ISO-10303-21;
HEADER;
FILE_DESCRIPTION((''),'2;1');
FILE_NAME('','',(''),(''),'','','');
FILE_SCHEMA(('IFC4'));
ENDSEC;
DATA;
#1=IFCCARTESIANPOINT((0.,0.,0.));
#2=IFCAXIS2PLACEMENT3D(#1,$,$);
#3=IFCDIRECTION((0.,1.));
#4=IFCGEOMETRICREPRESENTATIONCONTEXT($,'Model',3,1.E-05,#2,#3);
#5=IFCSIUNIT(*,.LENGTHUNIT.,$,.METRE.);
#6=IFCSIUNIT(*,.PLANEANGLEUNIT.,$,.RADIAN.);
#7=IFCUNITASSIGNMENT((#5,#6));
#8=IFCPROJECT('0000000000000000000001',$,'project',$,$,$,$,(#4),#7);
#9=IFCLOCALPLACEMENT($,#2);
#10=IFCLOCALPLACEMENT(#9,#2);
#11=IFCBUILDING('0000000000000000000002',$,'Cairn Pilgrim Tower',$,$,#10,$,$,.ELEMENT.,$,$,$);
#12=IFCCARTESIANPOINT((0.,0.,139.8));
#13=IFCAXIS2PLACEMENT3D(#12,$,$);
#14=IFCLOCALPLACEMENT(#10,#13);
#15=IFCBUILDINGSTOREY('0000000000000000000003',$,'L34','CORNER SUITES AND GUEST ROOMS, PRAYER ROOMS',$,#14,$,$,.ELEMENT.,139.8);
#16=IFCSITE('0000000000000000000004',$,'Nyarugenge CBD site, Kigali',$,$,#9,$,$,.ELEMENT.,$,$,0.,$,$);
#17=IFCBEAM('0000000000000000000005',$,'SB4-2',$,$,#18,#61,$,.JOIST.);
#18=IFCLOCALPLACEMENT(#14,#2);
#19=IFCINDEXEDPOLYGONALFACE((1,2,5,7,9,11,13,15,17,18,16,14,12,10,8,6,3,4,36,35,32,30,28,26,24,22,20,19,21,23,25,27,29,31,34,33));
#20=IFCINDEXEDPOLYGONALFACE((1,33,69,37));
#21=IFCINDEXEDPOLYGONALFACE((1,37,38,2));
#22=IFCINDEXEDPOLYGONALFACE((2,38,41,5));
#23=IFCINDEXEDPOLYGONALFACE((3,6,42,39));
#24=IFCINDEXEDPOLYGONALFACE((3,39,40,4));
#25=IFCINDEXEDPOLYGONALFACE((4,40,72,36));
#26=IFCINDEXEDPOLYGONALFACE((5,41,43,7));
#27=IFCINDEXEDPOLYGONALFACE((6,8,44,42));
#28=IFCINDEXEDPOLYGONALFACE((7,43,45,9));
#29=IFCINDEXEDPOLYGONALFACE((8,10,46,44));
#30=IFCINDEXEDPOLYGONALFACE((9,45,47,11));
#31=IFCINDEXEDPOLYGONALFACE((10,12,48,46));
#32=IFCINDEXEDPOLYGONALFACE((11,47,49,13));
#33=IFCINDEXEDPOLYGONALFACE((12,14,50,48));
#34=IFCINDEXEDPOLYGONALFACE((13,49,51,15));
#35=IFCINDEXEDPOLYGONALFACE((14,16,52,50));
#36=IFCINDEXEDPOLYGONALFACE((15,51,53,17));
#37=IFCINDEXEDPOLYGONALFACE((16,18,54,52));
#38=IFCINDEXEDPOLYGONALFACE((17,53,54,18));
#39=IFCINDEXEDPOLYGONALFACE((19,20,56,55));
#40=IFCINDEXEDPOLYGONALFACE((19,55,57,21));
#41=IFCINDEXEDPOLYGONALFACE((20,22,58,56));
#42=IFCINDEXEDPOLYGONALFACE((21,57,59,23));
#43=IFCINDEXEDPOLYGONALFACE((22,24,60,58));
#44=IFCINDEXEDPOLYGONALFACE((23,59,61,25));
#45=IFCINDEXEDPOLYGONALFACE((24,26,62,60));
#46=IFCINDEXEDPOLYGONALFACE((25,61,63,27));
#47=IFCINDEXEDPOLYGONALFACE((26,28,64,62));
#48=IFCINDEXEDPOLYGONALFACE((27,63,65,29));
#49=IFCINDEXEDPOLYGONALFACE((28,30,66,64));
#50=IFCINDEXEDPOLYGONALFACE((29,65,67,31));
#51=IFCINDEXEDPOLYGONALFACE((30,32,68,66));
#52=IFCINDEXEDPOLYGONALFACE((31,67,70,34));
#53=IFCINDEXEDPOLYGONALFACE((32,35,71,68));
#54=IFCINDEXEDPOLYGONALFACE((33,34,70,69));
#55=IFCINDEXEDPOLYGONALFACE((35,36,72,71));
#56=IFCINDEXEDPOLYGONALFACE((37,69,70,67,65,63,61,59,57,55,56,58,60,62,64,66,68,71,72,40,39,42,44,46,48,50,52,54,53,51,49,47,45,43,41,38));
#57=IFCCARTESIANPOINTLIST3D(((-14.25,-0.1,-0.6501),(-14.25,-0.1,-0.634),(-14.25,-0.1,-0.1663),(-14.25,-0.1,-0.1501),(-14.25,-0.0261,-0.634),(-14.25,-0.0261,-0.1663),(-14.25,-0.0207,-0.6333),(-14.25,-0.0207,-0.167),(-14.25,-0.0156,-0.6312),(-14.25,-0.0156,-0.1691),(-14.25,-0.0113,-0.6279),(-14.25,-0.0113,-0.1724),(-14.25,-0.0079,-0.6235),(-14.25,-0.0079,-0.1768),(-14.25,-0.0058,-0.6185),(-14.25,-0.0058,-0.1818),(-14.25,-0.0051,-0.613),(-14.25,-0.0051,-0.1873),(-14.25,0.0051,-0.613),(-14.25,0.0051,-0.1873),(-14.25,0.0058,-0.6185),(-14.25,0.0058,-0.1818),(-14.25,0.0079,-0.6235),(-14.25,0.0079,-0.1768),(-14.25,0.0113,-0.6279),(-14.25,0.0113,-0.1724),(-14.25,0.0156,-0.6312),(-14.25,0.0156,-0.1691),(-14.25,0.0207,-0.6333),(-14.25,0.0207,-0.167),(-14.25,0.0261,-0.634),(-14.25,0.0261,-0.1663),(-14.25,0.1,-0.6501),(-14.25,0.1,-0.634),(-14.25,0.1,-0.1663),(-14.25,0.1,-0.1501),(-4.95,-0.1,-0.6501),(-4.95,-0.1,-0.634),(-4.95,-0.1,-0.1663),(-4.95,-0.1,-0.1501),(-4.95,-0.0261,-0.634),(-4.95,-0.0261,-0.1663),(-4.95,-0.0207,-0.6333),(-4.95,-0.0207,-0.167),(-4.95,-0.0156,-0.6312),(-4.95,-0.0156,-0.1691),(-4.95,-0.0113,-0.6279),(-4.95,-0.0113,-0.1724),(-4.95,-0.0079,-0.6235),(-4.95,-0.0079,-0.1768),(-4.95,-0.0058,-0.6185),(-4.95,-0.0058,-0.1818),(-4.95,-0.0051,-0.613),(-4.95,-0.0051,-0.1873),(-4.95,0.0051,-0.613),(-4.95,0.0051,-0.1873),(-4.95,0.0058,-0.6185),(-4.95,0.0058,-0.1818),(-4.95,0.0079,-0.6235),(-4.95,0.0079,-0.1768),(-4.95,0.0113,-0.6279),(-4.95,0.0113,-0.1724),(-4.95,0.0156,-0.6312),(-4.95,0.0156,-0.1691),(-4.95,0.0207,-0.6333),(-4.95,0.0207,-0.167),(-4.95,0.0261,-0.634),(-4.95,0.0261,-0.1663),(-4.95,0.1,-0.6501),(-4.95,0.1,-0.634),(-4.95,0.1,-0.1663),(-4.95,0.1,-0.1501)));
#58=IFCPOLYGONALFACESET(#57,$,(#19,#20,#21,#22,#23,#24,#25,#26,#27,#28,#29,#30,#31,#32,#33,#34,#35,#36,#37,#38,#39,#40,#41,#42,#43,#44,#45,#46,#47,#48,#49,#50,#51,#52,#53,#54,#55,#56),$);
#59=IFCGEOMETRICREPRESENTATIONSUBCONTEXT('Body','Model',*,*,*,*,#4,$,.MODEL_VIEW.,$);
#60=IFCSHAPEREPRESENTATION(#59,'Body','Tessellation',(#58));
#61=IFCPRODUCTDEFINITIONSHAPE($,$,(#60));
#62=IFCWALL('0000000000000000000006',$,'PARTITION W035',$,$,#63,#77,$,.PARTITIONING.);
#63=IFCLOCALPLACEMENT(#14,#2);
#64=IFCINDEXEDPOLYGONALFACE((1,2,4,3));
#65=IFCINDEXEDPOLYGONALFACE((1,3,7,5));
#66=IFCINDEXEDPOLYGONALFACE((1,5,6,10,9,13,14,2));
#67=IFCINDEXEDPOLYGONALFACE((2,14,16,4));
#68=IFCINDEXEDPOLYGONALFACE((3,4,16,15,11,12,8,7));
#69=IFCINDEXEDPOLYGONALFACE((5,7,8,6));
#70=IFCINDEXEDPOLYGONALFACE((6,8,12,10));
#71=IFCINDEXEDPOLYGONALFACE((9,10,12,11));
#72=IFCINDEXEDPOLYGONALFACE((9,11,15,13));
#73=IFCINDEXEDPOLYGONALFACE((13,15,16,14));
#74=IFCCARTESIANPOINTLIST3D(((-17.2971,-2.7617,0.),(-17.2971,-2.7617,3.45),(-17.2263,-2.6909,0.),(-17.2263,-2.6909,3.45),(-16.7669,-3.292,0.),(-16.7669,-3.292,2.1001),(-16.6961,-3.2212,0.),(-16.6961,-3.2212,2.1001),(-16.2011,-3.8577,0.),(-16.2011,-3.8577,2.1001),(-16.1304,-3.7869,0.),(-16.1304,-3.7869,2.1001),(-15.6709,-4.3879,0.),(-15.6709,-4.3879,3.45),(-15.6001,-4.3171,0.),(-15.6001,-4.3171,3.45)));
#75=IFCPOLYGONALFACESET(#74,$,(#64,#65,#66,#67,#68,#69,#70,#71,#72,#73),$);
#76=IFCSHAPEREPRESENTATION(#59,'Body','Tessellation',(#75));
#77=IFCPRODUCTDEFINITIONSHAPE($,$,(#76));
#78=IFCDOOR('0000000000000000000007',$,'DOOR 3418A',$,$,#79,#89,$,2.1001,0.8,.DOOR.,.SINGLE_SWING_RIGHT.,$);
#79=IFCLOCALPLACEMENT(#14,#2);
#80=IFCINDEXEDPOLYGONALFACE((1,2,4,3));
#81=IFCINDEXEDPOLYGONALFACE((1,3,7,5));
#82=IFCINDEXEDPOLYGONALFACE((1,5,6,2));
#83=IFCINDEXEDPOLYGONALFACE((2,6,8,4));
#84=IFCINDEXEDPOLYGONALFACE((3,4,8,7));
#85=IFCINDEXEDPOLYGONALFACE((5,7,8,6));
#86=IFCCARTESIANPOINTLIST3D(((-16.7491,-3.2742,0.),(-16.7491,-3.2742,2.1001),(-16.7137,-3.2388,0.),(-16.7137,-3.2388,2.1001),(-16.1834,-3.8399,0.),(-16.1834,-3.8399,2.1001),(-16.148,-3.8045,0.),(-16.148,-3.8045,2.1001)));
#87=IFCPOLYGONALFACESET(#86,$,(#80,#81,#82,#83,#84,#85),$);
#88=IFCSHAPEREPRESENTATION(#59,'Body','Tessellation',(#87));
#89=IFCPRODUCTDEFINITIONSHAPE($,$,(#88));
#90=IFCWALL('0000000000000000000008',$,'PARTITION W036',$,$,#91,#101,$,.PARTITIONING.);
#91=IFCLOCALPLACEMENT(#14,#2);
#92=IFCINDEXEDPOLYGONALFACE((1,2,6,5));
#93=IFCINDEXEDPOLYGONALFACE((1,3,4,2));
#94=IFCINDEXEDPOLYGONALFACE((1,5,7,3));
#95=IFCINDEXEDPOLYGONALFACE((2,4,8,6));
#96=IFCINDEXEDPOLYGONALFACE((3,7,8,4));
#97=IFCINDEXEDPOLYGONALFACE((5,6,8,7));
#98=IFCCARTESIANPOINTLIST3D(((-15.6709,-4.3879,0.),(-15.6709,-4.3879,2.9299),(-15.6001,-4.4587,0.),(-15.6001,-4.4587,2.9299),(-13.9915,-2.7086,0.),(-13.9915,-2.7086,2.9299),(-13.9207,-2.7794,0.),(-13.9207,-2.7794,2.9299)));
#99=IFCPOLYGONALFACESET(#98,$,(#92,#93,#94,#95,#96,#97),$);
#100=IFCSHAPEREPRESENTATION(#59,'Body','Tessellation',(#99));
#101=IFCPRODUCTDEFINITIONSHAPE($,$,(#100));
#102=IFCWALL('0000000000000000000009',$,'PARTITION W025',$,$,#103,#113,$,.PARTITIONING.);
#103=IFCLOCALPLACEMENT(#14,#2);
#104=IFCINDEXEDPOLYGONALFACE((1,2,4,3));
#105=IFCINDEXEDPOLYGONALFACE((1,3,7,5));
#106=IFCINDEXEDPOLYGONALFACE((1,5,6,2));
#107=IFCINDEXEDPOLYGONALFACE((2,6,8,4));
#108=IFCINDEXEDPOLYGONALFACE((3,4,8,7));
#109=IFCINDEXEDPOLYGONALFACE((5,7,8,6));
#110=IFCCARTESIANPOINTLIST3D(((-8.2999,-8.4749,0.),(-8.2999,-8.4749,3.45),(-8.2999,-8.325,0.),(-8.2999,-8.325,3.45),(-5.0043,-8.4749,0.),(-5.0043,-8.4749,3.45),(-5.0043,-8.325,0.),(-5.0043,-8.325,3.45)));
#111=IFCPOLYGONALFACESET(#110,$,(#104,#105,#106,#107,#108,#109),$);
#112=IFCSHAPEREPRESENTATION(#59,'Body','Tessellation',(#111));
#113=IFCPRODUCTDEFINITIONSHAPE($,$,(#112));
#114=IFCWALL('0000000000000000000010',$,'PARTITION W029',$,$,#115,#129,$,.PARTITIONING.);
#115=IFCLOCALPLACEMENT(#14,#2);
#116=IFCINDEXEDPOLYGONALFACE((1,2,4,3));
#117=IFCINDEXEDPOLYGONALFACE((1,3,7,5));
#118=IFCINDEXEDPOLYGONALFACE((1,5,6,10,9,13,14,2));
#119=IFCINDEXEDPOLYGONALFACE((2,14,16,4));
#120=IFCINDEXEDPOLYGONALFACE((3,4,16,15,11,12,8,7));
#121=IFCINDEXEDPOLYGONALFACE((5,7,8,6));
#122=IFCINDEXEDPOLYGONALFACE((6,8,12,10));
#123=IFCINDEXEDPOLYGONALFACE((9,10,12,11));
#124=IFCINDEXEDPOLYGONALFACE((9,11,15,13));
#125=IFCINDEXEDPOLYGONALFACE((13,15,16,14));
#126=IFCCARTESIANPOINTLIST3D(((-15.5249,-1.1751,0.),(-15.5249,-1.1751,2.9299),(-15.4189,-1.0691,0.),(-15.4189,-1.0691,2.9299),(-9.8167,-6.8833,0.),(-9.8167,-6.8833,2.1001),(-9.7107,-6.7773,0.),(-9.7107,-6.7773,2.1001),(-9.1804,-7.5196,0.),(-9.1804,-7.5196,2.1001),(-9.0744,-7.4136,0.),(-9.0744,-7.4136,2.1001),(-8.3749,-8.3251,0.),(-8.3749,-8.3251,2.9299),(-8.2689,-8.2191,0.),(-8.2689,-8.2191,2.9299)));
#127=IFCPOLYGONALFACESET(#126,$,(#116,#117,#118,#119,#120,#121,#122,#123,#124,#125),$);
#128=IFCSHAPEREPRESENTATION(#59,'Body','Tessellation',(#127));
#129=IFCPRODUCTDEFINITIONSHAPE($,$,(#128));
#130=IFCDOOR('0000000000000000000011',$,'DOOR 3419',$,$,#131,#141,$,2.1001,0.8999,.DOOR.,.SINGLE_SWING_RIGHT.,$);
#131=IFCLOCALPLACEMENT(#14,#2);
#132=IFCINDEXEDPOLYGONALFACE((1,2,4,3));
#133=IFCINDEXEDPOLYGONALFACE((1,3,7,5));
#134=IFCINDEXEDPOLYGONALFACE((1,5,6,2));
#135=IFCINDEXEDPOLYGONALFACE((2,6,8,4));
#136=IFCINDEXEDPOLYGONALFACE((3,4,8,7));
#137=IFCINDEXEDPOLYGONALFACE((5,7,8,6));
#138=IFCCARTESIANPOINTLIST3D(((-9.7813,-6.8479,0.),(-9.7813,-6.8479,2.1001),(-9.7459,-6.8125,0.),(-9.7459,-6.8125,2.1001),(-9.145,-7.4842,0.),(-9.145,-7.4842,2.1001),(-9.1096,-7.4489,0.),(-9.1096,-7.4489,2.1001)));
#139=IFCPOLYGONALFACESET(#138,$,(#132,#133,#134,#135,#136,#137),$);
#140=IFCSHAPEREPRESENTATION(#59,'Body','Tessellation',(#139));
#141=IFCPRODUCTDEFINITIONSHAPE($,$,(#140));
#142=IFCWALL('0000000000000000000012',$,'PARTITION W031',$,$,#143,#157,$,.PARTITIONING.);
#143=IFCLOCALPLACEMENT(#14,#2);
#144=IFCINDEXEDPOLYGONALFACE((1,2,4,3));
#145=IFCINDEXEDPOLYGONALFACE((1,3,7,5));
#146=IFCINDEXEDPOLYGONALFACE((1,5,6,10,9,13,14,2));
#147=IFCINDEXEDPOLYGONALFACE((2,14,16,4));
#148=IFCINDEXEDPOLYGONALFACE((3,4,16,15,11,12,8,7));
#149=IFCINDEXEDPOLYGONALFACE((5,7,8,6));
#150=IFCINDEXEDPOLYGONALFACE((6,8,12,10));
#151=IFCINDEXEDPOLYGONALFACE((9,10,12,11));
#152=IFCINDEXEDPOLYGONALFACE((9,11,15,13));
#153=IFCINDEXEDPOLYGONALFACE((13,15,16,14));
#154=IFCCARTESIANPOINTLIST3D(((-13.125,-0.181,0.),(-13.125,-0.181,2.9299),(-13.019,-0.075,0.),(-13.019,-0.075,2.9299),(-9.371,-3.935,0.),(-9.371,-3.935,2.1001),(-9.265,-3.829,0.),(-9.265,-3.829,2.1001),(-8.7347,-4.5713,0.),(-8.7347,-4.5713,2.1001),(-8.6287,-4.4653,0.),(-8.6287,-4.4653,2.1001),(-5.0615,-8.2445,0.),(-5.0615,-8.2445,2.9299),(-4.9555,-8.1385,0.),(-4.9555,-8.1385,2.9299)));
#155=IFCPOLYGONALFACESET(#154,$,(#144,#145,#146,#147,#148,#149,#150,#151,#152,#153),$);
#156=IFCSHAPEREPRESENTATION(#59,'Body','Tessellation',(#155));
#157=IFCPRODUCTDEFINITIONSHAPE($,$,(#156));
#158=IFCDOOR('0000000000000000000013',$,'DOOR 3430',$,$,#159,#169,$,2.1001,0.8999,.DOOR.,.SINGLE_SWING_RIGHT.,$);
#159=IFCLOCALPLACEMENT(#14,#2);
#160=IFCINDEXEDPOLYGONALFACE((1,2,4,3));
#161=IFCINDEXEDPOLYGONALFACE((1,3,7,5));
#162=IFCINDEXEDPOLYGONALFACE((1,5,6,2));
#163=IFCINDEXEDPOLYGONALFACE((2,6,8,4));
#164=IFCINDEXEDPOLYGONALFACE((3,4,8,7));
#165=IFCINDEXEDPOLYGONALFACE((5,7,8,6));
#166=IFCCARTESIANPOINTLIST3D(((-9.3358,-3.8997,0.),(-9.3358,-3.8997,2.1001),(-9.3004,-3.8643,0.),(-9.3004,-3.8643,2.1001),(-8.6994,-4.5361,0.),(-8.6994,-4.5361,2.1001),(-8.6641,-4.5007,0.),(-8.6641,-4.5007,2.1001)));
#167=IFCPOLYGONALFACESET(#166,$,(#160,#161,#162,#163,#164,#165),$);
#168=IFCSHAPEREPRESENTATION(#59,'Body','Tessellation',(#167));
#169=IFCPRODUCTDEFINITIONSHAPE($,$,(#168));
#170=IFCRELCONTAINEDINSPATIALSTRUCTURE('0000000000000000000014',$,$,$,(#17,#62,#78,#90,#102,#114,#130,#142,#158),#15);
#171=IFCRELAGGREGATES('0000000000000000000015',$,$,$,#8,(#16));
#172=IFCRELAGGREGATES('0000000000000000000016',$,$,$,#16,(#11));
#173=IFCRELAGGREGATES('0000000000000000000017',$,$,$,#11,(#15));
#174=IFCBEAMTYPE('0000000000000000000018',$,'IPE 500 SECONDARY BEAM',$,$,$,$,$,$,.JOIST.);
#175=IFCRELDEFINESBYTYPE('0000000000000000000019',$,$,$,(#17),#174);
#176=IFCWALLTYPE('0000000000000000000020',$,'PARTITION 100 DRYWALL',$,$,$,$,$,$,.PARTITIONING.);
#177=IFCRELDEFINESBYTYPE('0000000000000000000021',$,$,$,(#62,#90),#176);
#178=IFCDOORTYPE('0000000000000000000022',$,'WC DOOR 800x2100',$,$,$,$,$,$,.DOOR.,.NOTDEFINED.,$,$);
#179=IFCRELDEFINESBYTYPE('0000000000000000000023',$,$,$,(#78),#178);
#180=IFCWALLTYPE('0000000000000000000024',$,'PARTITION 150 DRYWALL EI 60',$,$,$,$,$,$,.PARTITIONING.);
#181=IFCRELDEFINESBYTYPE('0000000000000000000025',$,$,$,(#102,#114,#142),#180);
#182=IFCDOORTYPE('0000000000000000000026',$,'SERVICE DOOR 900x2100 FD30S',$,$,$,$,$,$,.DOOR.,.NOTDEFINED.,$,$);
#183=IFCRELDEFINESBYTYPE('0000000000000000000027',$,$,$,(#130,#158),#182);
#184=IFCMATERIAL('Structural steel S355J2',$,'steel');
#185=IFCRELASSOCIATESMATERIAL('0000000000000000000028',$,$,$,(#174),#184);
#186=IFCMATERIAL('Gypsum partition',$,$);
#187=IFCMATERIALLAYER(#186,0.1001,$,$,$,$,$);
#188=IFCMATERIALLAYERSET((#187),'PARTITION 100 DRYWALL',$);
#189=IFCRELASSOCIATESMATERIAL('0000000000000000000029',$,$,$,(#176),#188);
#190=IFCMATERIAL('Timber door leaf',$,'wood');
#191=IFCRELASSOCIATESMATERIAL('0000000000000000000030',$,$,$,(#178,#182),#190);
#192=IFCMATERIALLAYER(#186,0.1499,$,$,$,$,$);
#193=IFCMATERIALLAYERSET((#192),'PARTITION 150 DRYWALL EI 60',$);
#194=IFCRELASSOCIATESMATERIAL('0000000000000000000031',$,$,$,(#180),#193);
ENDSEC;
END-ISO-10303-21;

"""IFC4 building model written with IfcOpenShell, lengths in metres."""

from ifc_helpers import new_model, si_unit, direction, frame, frame_2d, origin, origin_2d, place, context, subcontext, project, spatial, rectangle, i_section, extrude, material, layer, layer_set, material_profile, profile_set, type_object, element, fill, save


model = new_model("IFC4")

# Units and contexts
model_context = context("Model", 3, precision=1e-05, world=origin(), true_north=direction((0.0, 1.0)))
body_context = subcontext(model_context, "Body", "Model", "MODEL_VIEW")
ifc_project = project(units=[si_unit("LENGTHUNIT", "METRE"), si_unit("PLANEANGLEUNIT", "RADIAN")], contexts=[model_context])

# Site, building, storey
site_placement = place(None, origin())
site = spatial("IfcSite", under=ifc_project, at=site_placement, Name="Nyarugenge CBD site, Kigali", CompositionType="ELEMENT", RefElevation=0.0)
building_placement = place(site_placement, origin())
building = spatial("IfcBuilding", under=site, at=building_placement, Name="Cairn Pilgrim Tower", CompositionType="ELEMENT")
storey_placement = place(building_placement, frame((0.0, 0.0, 139.8)))
storey = spatial("IfcBuildingStorey", under=building, at=storey_placement, Name="L34", Description="CORNER SUITES AND GUEST ROOMS, PRAYER ROOMS", CompositionType="ELEMENT", Elevation=139.8)

# Shared definitions
ifc_material_1 = material(Name="Structural steel S355J2", Category="steel")

# Beam
ifc_material_profile_1 = material_profile(ifc_material_1, i_section(OverallWidth=0.2, OverallDepth=0.5, WebThickness=0.0103, FlangeThickness=0.0161, FilletRadius=0.021, at=origin_2d()), Name="IPE 500")
ifc_profile_set_1 = profile_set([ifc_material_profile_1], Name="Structural steel S355J2")
beam_type_1 = type_object("IfcBeamType", Name="IPE 500 SECONDARY BEAM", PredefinedType="JOIST", material=ifc_profile_set_1)
for number, where, z_axis, x_axis, name in (
    (1, (-14.25, 0.0, -0.4001), (1.0, 0.0, 0.0), (0.0, 1.0, 0.0), "SB4-2"),
):
    element("IfcBeam", number, at=place(storey_placement, frame(where, z_axis=z_axis, x_axis=x_axis)), inside=storey, type_object=beam_type_1, Name=name, PredefinedType="JOIST", context=body_context, shape_type="SweptSolid", body=[
        extrude(i_section(OverallWidth=0.2, OverallDepth=0.5, WebThickness=0.0103, FlangeThickness=0.0161, FilletRadius=0.021, at=origin_2d()), origin(), (0.0, 0.0, 1.0), 9.3),
    ])

# Wall, opening, door
ifc_material_2 = material(Name="Gypsum partition")
ifc_layer_1 = layer(ifc_material_2, 0.1001)
ifc_layer_set_1 = layer_set([ifc_layer_1], Name="PARTITION 100 DRYWALL")
wall_type_1 = type_object("IfcWallType", Name="PARTITION 100 DRYWALL", PredefinedType="PARTITIONING", material=ifc_layer_set_1)
wall_1_placement = place(storey_placement, frame((-15.6355, -4.3525, 0.0), z_axis=(0.0, 0.0, 1.0), x_axis=(-0.707107, 0.707107, 0.0)))
wall_1 = element("IfcWall", 2, at=wall_1_placement, inside=storey, type_object=wall_type_1, Name="PARTITION W035", PredefinedType="PARTITIONING", context=body_context, shape_type="SweptSolid", body=[
    extrude(rectangle(XDim=2.2998, YDim=0.1001, at=frame_2d((1.1499, 0.0))), origin(), (0.0, 0.0, 1.0), 3.45),
])
opening_1_placement = place(wall_1_placement, frame((0.75, 0.0, 0.0)))
opening_1 = element("IfcOpeningElement", 3, at=opening_1_placement, cuts=wall_1, PredefinedType="OPENING", context=body_context, shape_type="SweptSolid", body=[
    extrude(rectangle(XDim=0.8, YDim=2.1001, at=frame_2d((0.3999, 1.05))), frame((0.0, 0.0601, 0.0), z_axis=(0.0, -1.0, 0.0), x_axis=(1.0, 0.0, 0.0)), (0.0, 0.0, 1.0), 0.1201),
])
ifc_material_3 = material(Name="Timber door leaf", Category="wood")
door_type_1 = type_object("IfcDoorType", Name="WC DOOR 800x2100", OperationType="NOTDEFINED", PredefinedType="DOOR", material=ifc_material_3)
door_1_placement = place(opening_1_placement, origin())
door_1 = element("IfcDoor", 4, at=door_1_placement, inside=storey, type_object=door_type_1, Name="DOOR 3418A", OperationType="SINGLE_SWING_RIGHT", OverallHeight=2.1001, OverallWidth=0.8, PredefinedType="DOOR", context=body_context, shape_type="SweptSolid", body=[
    extrude(rectangle(XDim=0.8, YDim=2.1001, at=frame_2d((0.3999, 1.05))), frame((0.0, 0.0249, 0.0), z_axis=(0.0, -1.0, 0.0), x_axis=(1.0, 0.0, 0.0)), (0.0, 0.0, 1.0), 0.05),
])
fill(opening_1, door_1)

# Walls
wall_2_placement = place(storey_placement, frame((-15.6355, -4.4233, 0.0), z_axis=(0.0, 0.0, 1.0), x_axis=(0.707107, 0.707107, 0.0)))
element("IfcWall", 5, at=wall_2_placement, inside=storey, type_object=wall_type_1, Name="PARTITION W036", PredefinedType="PARTITIONING", context=body_context, shape_type="SweptSolid", body=[
    extrude(rectangle(XDim=2.375, YDim=0.1001, at=frame_2d((1.1875, 0.0))), origin(), (0.0, 0.0, 1.0), 2.9299),
])
ifc_layer_2 = layer(ifc_material_2, 0.1499)
ifc_layer_set_2 = layer_set([ifc_layer_2], Name="PARTITION 150 DRYWALL EI 60")
wall_type_2 = type_object("IfcWallType", Name="PARTITION 150 DRYWALL EI 60", PredefinedType="PARTITIONING", material=ifc_layer_set_2)
wall_3_placement = place(storey_placement, frame((-8.3, -8.3999, 0.0), z_axis=(0.0, 0.0, 1.0), x_axis=(1.0, 0.0, 0.0)))
element("IfcWall", 6, at=wall_3_placement, inside=storey, type_object=wall_type_2, Name="PARTITION W025", PredefinedType="PARTITIONING", context=body_context, shape_type="SweptSolid", body=[
    extrude(rectangle(XDim=3.2957, YDim=0.1499, at=frame_2d((1.6479, 0.0))), origin(), (0.0, 0.0, 1.0), 3.45),
])

# Walls, openings, doors
wall_4_placement = place(storey_placement, frame((-8.322, -8.272, 0.0), z_axis=(0.0, 0.0, 1.0), x_axis=(-0.707107, 0.707107, 0.0)))
wall_4 = element("IfcWall", 7, at=wall_4_placement, inside=storey, type_object=wall_type_2, Name="PARTITION W029", PredefinedType="PARTITIONING", context=body_context, shape_type="SweptSolid", body=[
    extrude(rectangle(XDim=10.1116, YDim=0.1499, at=frame_2d((5.0557, 0.0))), origin(), (0.0, 0.0, 1.0), 2.9299),
])
opening_2_placement = place(wall_4_placement, frame((1.1389, 0.0, 0.0)))
opening_2 = element("IfcOpeningElement", 8, at=opening_2_placement, cuts=wall_4, PredefinedType="OPENING", context=body_context, shape_type="SweptSolid", body=[
    extrude(rectangle(XDim=0.8999, YDim=2.1001, at=frame_2d((0.45, 1.05))), frame((0.0, 0.085, 0.0), z_axis=(0.0, -1.0, 0.0), x_axis=(1.0, 0.0, 0.0)), (0.0, 0.0, 1.0), 0.1699),
])
door_type_2 = type_object("IfcDoorType", Name="SERVICE DOOR 900x2100 FD30S", OperationType="NOTDEFINED", PredefinedType="DOOR", material=ifc_material_3)
door_2_placement = place(opening_2_placement, origin())
door_2 = element("IfcDoor", 9, at=door_2_placement, inside=storey, type_object=door_type_2, Name="DOOR 3419", OperationType="SINGLE_SWING_RIGHT", OverallHeight=2.1001, OverallWidth=0.8999, PredefinedType="DOOR", context=body_context, shape_type="SweptSolid", body=[
    extrude(rectangle(XDim=0.8999, YDim=2.1001, at=frame_2d((0.45, 1.05))), frame((0.0, 0.0249, 0.0), z_axis=(0.0, -1.0, 0.0), x_axis=(1.0, 0.0, 0.0)), (0.0, 0.0, 1.0), 0.05),
])
fill(opening_2, door_2)
wall_5_placement = place(storey_placement, frame((-5.0085, -8.1914, 0.0), z_axis=(0.0, 0.0, 1.0), x_axis=(-0.707107, 0.707107, 0.0)))
wall_5 = element("IfcWall", 10, at=wall_5_placement, inside=storey, type_object=wall_type_2, Name="PARTITION W031", PredefinedType="PARTITIONING", context=body_context, shape_type="SweptSolid", body=[
    extrude(rectangle(XDim=11.4036, YDim=0.1499, at=frame_2d((5.7017, 0.0))), origin(), (0.0, 0.0, 1.0), 2.9299),
])
opening_3_placement = place(wall_5_placement, frame((5.1946, 0.0, 0.0)))
opening_3 = element("IfcOpeningElement", 11, at=opening_3_placement, cuts=wall_5, PredefinedType="OPENING", context=body_context, shape_type="SweptSolid", body=[
    extrude(rectangle(XDim=0.8999, YDim=2.1001, at=frame_2d((0.45, 1.05))), frame((0.0, 0.085, 0.0), z_axis=(0.0, -1.0, 0.0), x_axis=(1.0, 0.0, 0.0)), (0.0, 0.0, 1.0), 0.1699),
])
door_3_placement = place(opening_3_placement, frame((0.8999, 0.0, 0.0), z_axis=(0.0, 0.0, 1.0), x_axis=(-1.0, 0.0, 0.0)))
door_3 = element("IfcDoor", 12, at=door_3_placement, inside=storey, type_object=door_type_2, Name="DOOR 3430", OperationType="SINGLE_SWING_RIGHT", OverallHeight=2.1001, OverallWidth=0.8999, PredefinedType="DOOR", context=body_context, shape_type="SweptSolid", body=[
    extrude(rectangle(XDim=0.8999, YDim=2.1001, at=frame_2d((0.45, 1.05))), frame((0.0, 0.0249, 0.0), z_axis=(0.0, -1.0, 0.0), x_axis=(1.0, 0.0, 0.0)), (0.0, 0.0, 1.0), 0.05),
])
fill(opening_3, door_3)

save(model, "model.ifc")
